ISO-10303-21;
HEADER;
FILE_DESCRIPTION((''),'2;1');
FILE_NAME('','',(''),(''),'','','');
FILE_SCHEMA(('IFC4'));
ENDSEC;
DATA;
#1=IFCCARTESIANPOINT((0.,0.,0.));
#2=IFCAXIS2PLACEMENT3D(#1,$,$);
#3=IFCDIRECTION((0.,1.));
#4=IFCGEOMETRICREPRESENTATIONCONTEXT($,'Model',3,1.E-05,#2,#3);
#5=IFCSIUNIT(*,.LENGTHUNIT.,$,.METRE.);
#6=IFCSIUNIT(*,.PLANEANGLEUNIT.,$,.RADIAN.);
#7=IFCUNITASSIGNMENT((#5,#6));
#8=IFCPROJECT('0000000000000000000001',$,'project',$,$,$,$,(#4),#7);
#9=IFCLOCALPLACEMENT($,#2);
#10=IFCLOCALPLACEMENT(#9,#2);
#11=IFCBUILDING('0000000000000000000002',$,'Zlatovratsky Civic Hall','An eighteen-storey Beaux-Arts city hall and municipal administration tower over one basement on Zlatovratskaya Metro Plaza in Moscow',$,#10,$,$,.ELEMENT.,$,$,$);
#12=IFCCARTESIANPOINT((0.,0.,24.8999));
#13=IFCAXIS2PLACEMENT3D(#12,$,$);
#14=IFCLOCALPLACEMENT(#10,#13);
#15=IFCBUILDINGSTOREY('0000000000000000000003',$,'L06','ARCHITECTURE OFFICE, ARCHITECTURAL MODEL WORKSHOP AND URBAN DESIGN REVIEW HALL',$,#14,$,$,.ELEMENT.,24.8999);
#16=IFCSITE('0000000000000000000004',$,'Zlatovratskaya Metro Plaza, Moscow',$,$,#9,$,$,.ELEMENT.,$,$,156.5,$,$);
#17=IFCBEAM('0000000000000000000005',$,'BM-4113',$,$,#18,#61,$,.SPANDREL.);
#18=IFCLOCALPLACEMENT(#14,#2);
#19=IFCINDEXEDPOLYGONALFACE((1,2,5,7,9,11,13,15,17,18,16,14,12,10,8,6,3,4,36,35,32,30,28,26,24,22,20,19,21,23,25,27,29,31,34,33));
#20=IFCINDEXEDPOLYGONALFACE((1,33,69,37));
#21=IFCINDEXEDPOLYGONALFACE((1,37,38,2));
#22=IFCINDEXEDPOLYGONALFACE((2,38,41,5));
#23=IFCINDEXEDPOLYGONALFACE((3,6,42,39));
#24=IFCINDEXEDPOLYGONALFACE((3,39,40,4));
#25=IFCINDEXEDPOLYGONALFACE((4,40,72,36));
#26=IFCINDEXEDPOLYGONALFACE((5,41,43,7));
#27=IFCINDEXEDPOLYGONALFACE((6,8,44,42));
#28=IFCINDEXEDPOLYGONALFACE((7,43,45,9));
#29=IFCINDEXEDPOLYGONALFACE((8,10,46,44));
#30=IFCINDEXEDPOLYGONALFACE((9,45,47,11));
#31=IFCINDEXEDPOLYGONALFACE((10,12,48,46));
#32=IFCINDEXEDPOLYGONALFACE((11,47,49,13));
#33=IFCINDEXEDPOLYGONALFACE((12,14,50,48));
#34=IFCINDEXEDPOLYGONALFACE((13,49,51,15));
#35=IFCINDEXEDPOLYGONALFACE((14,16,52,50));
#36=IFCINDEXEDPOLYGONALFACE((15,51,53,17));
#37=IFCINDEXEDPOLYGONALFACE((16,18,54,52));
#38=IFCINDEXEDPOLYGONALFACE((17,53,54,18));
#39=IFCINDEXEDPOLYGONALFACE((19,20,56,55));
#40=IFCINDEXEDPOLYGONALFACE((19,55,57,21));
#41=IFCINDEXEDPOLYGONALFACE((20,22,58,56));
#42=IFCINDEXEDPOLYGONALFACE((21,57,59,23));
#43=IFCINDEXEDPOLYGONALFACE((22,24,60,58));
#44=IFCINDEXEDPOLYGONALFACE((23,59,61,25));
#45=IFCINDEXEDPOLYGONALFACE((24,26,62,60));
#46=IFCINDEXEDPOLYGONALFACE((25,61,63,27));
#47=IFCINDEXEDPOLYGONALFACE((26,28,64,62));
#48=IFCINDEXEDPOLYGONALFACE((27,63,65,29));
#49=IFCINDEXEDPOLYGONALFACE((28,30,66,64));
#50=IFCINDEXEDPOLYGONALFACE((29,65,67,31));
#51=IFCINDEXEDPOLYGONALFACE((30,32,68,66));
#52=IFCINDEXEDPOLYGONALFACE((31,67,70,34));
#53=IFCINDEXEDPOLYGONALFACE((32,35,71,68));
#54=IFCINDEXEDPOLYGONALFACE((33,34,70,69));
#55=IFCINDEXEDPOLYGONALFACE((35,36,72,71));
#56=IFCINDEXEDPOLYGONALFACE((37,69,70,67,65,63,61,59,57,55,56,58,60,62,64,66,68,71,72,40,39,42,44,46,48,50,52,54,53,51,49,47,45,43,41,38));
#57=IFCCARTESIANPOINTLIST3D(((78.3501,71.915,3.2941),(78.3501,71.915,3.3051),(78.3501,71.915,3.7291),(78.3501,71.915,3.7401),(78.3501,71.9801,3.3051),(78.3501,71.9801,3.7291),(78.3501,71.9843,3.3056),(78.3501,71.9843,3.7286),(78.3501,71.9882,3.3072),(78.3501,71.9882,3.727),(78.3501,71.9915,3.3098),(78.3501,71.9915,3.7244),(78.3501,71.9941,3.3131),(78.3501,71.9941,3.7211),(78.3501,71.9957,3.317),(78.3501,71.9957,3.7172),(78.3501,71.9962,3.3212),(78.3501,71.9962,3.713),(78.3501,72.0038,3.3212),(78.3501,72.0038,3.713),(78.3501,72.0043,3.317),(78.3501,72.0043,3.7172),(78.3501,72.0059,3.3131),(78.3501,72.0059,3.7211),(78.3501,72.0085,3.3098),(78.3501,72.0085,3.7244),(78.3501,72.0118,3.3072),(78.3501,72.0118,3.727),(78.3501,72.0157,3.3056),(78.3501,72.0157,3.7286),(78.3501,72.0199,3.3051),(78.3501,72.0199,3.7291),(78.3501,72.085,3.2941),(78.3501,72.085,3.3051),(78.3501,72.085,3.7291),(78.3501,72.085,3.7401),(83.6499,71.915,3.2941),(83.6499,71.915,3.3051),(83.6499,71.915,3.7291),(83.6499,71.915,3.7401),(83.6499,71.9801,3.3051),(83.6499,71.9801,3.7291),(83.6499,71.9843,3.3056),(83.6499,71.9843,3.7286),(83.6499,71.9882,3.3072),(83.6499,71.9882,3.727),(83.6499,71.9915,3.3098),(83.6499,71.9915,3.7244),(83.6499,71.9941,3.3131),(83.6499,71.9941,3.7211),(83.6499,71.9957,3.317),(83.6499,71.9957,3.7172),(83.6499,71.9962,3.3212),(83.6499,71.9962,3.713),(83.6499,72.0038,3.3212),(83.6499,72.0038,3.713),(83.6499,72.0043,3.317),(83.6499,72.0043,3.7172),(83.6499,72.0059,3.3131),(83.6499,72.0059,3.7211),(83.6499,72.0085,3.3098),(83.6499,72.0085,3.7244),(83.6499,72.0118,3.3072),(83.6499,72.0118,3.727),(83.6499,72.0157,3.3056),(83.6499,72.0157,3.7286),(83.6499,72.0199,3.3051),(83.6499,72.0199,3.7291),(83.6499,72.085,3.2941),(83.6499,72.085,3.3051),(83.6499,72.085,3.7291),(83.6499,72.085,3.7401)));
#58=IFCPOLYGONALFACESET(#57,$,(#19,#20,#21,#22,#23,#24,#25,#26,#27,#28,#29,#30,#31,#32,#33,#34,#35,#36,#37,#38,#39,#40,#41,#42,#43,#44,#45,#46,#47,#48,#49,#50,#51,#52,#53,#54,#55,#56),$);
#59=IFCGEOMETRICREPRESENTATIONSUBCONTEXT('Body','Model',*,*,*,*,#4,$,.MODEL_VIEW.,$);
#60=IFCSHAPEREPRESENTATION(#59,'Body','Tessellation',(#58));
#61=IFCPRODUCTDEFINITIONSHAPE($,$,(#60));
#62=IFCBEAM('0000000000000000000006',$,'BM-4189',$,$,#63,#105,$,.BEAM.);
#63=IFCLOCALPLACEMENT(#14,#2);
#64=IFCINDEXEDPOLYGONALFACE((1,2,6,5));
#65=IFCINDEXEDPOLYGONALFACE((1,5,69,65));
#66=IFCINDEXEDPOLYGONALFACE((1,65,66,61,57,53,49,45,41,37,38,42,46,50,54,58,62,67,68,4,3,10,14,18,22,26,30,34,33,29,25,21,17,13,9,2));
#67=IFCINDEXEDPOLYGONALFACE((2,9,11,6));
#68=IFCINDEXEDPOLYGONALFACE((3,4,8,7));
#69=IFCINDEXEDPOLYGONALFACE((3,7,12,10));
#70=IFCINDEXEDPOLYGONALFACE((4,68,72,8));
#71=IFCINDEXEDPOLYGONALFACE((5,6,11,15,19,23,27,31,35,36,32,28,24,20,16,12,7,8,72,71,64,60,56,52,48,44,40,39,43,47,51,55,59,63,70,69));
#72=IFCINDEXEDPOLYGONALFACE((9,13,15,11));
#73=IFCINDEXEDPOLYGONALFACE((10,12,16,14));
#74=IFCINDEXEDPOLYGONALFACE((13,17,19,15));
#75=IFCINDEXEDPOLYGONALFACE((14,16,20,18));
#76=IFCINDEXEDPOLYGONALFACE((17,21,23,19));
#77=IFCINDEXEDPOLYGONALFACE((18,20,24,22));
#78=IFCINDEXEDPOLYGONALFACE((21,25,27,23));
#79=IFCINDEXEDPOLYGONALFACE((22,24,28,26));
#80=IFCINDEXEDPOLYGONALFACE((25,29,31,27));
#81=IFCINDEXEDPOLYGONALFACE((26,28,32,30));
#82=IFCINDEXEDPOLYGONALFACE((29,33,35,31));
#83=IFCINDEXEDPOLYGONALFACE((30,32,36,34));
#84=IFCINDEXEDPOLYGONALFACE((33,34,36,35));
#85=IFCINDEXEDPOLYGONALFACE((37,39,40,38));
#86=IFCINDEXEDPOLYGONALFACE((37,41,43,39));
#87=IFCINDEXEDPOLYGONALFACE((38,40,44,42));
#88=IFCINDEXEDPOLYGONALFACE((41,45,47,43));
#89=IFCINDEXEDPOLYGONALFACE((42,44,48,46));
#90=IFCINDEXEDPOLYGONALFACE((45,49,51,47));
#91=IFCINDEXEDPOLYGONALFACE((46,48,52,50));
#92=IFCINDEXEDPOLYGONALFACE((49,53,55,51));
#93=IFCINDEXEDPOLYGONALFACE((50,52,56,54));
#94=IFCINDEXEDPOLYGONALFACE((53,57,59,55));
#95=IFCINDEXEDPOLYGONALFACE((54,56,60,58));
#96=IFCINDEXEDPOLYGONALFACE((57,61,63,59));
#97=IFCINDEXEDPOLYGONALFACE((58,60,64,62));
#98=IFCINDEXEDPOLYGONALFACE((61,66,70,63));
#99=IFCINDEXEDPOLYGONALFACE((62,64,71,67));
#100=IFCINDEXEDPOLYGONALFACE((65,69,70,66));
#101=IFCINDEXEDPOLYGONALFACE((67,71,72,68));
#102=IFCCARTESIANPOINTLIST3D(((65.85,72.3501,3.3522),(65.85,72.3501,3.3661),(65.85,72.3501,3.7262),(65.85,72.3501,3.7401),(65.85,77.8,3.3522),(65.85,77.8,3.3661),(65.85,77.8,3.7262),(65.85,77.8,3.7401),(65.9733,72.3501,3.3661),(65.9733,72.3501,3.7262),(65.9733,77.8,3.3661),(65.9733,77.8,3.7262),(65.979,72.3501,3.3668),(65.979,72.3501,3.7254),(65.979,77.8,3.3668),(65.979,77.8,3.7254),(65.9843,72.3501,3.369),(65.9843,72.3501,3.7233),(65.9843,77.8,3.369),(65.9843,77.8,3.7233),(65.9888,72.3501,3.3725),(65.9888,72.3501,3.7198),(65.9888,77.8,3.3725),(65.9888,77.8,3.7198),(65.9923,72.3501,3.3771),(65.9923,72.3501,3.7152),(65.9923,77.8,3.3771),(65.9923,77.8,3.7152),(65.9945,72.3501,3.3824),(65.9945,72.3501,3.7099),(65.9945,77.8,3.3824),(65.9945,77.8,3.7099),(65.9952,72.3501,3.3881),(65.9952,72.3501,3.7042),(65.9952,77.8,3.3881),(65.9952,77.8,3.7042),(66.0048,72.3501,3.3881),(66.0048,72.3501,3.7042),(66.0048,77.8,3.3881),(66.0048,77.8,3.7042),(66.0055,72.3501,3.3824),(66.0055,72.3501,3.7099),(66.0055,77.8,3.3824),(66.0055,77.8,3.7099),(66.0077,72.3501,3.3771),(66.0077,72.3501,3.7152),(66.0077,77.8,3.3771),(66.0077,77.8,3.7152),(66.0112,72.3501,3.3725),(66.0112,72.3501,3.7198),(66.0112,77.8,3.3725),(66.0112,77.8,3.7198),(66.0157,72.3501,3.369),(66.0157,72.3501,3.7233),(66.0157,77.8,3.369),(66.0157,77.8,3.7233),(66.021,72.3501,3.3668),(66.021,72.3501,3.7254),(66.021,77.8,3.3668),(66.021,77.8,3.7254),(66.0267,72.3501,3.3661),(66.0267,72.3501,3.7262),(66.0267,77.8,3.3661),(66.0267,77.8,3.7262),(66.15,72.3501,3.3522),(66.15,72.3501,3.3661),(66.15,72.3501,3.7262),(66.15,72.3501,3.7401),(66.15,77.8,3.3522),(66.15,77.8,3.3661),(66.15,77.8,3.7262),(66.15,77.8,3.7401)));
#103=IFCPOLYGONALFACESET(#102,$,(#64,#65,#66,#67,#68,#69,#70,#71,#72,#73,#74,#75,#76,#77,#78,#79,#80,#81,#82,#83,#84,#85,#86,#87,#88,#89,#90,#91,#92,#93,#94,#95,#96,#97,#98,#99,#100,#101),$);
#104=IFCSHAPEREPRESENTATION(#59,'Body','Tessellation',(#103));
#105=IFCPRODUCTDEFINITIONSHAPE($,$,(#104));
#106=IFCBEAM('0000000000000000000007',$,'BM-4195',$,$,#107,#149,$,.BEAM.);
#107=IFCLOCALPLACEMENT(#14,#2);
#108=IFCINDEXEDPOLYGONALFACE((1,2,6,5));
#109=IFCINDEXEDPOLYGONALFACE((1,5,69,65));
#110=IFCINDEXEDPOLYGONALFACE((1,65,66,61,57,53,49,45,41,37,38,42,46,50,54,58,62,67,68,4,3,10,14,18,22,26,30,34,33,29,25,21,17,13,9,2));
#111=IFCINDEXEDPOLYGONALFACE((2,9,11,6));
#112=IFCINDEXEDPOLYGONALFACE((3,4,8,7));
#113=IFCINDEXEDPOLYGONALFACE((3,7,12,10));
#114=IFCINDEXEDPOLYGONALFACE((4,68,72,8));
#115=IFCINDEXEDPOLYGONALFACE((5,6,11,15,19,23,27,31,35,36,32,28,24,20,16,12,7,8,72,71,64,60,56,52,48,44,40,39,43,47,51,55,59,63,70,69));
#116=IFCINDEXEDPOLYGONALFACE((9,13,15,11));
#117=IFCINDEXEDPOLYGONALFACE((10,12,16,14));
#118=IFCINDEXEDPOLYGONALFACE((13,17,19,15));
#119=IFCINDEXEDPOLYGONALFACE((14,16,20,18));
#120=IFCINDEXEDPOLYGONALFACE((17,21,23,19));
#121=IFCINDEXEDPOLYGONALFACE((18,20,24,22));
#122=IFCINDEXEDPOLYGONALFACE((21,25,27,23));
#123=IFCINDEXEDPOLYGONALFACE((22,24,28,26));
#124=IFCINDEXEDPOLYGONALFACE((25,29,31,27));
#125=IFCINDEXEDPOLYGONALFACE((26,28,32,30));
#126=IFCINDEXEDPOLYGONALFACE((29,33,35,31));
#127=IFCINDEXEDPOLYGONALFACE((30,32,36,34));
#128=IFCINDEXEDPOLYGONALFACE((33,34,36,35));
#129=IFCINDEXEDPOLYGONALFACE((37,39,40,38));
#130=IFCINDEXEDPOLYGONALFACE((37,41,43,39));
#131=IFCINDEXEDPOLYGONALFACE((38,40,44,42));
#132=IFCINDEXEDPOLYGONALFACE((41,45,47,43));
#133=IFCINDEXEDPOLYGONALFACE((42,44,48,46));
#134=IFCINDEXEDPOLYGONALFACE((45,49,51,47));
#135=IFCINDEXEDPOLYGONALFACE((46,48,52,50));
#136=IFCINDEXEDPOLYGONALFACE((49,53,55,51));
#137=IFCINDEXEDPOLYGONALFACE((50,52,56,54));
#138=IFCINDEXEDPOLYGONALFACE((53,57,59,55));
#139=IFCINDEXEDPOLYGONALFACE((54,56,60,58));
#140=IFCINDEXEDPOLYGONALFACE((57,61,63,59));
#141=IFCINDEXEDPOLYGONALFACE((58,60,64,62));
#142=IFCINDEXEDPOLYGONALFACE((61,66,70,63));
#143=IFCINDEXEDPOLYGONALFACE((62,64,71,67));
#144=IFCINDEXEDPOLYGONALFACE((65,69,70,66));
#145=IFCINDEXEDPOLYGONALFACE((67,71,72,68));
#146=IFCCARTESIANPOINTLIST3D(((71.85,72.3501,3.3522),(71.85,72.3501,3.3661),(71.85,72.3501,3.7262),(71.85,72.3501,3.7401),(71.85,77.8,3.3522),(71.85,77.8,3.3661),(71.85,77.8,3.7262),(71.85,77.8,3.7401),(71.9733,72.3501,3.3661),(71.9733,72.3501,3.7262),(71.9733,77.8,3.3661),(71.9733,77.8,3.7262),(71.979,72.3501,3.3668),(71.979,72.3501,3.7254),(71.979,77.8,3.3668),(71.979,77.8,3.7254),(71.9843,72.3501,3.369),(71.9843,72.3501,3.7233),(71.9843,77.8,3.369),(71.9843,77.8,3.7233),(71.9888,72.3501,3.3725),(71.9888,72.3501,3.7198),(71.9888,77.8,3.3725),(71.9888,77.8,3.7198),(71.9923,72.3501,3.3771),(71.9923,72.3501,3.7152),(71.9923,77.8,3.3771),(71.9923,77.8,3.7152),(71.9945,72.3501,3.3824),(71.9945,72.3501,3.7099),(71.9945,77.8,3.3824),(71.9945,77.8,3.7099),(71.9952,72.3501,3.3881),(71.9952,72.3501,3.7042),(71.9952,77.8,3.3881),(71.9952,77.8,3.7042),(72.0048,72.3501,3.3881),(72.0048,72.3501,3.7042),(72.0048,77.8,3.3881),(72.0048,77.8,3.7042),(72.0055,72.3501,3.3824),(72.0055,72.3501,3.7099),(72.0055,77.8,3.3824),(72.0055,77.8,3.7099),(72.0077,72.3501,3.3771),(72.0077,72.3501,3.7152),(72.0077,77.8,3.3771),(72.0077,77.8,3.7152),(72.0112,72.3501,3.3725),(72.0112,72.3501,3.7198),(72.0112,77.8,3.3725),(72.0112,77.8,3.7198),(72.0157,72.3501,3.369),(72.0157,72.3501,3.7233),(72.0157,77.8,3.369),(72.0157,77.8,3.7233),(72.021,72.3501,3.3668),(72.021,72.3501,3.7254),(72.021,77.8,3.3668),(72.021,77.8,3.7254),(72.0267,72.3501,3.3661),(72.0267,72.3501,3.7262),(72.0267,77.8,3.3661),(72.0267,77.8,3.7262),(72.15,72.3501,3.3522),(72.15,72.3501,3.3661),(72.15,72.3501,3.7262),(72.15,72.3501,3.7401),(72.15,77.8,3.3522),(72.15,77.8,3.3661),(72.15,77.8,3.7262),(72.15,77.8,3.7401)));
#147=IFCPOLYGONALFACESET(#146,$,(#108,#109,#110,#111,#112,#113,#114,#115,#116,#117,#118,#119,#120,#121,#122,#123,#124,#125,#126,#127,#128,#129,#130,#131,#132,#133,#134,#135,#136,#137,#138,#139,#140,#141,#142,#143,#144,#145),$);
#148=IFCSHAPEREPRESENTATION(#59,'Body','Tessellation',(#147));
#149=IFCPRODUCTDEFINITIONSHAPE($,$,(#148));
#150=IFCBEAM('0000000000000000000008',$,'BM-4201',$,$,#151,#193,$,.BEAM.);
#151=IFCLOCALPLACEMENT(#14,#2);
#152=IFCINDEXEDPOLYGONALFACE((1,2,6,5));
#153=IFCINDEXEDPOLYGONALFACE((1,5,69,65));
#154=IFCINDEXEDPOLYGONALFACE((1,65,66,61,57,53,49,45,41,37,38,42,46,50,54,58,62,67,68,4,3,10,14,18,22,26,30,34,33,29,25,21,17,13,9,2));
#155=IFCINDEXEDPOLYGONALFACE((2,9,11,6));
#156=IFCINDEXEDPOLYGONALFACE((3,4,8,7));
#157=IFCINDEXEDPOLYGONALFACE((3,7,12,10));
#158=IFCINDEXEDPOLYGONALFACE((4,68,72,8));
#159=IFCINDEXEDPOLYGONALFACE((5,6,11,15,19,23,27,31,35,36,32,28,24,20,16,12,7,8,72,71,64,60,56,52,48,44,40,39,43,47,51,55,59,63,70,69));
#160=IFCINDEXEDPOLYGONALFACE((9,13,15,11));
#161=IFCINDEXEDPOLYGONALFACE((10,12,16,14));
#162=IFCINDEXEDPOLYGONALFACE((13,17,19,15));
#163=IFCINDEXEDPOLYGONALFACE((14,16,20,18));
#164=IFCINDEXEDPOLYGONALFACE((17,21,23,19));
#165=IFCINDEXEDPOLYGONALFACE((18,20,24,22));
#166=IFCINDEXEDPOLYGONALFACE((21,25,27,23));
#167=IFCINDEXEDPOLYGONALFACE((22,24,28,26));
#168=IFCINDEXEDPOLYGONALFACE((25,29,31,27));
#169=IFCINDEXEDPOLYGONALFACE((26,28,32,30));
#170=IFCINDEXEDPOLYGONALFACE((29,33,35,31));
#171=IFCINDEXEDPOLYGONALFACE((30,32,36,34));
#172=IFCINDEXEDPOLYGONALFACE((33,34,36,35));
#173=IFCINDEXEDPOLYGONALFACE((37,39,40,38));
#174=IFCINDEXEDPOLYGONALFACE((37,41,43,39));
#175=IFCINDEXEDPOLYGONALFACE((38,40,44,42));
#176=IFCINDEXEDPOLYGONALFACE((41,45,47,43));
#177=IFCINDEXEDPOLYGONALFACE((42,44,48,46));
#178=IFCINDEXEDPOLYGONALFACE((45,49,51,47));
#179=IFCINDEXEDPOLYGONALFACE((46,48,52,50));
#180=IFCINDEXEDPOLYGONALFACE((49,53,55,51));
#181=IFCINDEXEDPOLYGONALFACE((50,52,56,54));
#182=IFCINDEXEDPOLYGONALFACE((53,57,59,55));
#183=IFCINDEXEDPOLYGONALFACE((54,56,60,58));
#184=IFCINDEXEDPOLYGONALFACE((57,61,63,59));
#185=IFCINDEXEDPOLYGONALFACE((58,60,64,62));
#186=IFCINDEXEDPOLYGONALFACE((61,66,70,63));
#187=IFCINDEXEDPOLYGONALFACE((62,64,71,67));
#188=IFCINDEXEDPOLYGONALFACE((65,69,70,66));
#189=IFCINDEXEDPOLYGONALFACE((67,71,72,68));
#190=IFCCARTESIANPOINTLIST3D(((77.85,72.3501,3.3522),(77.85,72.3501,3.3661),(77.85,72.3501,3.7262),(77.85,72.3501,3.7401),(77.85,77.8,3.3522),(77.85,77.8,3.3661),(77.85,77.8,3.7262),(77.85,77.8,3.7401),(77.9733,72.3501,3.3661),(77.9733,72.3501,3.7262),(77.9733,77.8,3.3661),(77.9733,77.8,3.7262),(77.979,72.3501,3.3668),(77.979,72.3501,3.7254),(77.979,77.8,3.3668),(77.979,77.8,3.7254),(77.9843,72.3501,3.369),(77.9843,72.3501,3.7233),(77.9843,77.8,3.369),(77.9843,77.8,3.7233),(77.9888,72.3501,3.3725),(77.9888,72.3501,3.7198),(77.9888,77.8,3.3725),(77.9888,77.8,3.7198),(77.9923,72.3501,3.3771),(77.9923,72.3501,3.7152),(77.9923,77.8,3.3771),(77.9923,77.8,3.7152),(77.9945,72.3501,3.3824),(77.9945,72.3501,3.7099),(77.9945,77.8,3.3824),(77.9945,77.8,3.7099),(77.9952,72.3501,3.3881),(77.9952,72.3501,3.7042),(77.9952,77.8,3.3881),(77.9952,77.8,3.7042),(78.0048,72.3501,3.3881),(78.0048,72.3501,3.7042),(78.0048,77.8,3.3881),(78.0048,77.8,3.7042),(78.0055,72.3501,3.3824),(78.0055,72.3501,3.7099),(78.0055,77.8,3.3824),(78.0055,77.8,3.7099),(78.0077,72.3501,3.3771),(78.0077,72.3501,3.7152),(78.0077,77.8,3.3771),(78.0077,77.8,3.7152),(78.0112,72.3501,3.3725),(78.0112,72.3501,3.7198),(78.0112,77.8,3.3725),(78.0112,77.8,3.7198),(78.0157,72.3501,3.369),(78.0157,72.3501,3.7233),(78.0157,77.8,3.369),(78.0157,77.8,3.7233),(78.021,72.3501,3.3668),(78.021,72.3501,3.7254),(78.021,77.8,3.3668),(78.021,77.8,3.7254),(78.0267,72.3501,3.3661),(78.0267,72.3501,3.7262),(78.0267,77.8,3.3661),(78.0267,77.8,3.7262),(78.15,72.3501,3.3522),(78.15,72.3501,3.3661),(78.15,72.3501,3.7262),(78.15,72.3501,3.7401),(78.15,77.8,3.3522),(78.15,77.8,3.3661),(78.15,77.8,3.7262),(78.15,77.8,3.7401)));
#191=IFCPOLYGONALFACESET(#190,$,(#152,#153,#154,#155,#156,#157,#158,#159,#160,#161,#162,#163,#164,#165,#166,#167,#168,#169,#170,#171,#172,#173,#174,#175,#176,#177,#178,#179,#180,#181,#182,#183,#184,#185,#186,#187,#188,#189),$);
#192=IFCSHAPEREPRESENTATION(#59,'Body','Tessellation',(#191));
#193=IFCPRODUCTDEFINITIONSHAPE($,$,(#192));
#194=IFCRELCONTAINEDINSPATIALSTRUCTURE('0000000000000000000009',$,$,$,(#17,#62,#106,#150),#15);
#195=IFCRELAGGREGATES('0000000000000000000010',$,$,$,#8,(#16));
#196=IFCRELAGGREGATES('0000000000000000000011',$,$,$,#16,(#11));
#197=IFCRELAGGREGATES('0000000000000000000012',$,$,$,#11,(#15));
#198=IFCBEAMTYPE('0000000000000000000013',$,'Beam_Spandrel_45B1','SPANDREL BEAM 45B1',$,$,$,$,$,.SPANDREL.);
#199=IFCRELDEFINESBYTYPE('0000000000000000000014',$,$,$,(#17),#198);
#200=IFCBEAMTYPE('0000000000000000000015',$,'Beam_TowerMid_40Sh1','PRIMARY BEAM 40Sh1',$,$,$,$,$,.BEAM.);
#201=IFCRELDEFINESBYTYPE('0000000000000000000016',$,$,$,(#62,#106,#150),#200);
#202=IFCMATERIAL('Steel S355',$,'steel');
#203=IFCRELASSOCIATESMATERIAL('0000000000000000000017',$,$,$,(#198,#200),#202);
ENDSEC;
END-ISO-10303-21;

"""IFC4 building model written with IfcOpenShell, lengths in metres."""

from ifc_helpers import new_model, si_unit, direction, frame, origin, origin_2d, place, context, subcontext, project, spatial, i_section, extrude, material, material_profile, profile_set, type_object, element, save


model = new_model("IFC4")

# Units and contexts
model_context = context("Model", 3, precision=1e-05, world=origin(), true_north=direction((0.0, 1.0)))
body_context = subcontext(model_context, "Body", "Model", "MODEL_VIEW")
ifc_project = project(units=[si_unit("LENGTHUNIT", "METRE"), si_unit("PLANEANGLEUNIT", "RADIAN")], contexts=[model_context])

# Site, building, storey
site_placement = place(None, origin())
site = spatial("IfcSite", under=ifc_project, at=site_placement, Name="Zlatovratskaya Metro Plaza, Moscow", CompositionType="ELEMENT", RefElevation=156.5)
building_placement = place(site_placement, origin())
building = spatial("IfcBuilding", under=site, at=building_placement, Name="Zlatovratsky Civic Hall", Description="An eighteen-storey Beaux-Arts city hall and municipal administration tower over one basement on Zlatovratskaya Metro Plaza in Moscow", CompositionType="ELEMENT")
storey_placement = place(building_placement, frame((0.0, 0.0, 24.8999)))
storey = spatial("IfcBuildingStorey", under=building, at=storey_placement, Name="L06", Description="ARCHITECTURE OFFICE, ARCHITECTURAL MODEL WORKSHOP AND URBAN DESIGN REVIEW HALL", CompositionType="ELEMENT", Elevation=24.8999)

# Shared definitions
ifc_material_1 = material(Name="Steel S355", Category="steel")

# Beams
ifc_material_profile_1 = material_profile(ifc_material_1, i_section(OverallWidth=0.1699, OverallDepth=0.446, WebThickness=0.0076, FlangeThickness=0.011, FilletRadius=0.0161, at=origin_2d()), Name="45B1")
ifc_profile_set_1 = profile_set([ifc_material_profile_1], Name="Steel S355")
beam_type_1 = type_object("IfcBeamType", Name="Beam_Spandrel_45B1", Description="SPANDREL BEAM 45B1", PredefinedType="SPANDREL", material=ifc_profile_set_1)
for number, where, z_axis, x_axis, name in (
    (1, (78.3501, 72.0, 3.5171), (1.0, 0.0, 0.0), (0.0, 1.0, 0.0), "BM-4113"),
):
    element("IfcBeam", number, at=place(storey_placement, frame(where, z_axis=z_axis, x_axis=x_axis)), inside=storey, type_object=beam_type_1, Name=name, PredefinedType="SPANDREL", context=body_context, shape_type="SweptSolid", body=[
        extrude(i_section(OverallWidth=0.1699, OverallDepth=0.446, WebThickness=0.0076, FlangeThickness=0.011, FilletRadius=0.0161, at=origin_2d()), origin(), (0.0, 0.0, 1.0), 5.2998),
    ])
ifc_material_profile_2 = material_profile(ifc_material_1, i_section(OverallWidth=0.3, OverallDepth=0.3879, WebThickness=0.0095, FlangeThickness=0.0139, FilletRadius=0.022, at=origin_2d()), Name="40Sh1")
ifc_profile_set_2 = profile_set([ifc_material_profile_2], Name="Steel S355")
beam_type_2 = type_object("IfcBeamType", Name="Beam_TowerMid_40Sh1", Description="PRIMARY BEAM 40Sh1", PredefinedType="BEAM", material=ifc_profile_set_2)
for number, where, z_axis, x_axis, name in (
    (2, (66.0, 72.3501, 3.5461), (0.0, 1.0, 0.0), (-1.0, 0.0, 0.0), "BM-4189"),
    (3, (72.0, 72.3501, 3.5461), (0.0, 1.0, 0.0), (-1.0, 0.0, 0.0), "BM-4195"),
    (4, (78.0, 72.3501, 3.5461), (0.0, 1.0, 0.0), (-1.0, 0.0, 0.0), "BM-4201"),
):
    element("IfcBeam", number, at=place(storey_placement, frame(where, z_axis=z_axis, x_axis=x_axis)), inside=storey, type_object=beam_type_2, Name=name, PredefinedType="BEAM", context=body_context, shape_type="SweptSolid", body=[
        extrude(i_section(OverallWidth=0.3, OverallDepth=0.3879, WebThickness=0.0095, FlangeThickness=0.0139, FilletRadius=0.022, at=origin_2d()), origin(), (0.0, 0.0, 1.0), 5.45),
    ])

save(model, "model.ifc")
